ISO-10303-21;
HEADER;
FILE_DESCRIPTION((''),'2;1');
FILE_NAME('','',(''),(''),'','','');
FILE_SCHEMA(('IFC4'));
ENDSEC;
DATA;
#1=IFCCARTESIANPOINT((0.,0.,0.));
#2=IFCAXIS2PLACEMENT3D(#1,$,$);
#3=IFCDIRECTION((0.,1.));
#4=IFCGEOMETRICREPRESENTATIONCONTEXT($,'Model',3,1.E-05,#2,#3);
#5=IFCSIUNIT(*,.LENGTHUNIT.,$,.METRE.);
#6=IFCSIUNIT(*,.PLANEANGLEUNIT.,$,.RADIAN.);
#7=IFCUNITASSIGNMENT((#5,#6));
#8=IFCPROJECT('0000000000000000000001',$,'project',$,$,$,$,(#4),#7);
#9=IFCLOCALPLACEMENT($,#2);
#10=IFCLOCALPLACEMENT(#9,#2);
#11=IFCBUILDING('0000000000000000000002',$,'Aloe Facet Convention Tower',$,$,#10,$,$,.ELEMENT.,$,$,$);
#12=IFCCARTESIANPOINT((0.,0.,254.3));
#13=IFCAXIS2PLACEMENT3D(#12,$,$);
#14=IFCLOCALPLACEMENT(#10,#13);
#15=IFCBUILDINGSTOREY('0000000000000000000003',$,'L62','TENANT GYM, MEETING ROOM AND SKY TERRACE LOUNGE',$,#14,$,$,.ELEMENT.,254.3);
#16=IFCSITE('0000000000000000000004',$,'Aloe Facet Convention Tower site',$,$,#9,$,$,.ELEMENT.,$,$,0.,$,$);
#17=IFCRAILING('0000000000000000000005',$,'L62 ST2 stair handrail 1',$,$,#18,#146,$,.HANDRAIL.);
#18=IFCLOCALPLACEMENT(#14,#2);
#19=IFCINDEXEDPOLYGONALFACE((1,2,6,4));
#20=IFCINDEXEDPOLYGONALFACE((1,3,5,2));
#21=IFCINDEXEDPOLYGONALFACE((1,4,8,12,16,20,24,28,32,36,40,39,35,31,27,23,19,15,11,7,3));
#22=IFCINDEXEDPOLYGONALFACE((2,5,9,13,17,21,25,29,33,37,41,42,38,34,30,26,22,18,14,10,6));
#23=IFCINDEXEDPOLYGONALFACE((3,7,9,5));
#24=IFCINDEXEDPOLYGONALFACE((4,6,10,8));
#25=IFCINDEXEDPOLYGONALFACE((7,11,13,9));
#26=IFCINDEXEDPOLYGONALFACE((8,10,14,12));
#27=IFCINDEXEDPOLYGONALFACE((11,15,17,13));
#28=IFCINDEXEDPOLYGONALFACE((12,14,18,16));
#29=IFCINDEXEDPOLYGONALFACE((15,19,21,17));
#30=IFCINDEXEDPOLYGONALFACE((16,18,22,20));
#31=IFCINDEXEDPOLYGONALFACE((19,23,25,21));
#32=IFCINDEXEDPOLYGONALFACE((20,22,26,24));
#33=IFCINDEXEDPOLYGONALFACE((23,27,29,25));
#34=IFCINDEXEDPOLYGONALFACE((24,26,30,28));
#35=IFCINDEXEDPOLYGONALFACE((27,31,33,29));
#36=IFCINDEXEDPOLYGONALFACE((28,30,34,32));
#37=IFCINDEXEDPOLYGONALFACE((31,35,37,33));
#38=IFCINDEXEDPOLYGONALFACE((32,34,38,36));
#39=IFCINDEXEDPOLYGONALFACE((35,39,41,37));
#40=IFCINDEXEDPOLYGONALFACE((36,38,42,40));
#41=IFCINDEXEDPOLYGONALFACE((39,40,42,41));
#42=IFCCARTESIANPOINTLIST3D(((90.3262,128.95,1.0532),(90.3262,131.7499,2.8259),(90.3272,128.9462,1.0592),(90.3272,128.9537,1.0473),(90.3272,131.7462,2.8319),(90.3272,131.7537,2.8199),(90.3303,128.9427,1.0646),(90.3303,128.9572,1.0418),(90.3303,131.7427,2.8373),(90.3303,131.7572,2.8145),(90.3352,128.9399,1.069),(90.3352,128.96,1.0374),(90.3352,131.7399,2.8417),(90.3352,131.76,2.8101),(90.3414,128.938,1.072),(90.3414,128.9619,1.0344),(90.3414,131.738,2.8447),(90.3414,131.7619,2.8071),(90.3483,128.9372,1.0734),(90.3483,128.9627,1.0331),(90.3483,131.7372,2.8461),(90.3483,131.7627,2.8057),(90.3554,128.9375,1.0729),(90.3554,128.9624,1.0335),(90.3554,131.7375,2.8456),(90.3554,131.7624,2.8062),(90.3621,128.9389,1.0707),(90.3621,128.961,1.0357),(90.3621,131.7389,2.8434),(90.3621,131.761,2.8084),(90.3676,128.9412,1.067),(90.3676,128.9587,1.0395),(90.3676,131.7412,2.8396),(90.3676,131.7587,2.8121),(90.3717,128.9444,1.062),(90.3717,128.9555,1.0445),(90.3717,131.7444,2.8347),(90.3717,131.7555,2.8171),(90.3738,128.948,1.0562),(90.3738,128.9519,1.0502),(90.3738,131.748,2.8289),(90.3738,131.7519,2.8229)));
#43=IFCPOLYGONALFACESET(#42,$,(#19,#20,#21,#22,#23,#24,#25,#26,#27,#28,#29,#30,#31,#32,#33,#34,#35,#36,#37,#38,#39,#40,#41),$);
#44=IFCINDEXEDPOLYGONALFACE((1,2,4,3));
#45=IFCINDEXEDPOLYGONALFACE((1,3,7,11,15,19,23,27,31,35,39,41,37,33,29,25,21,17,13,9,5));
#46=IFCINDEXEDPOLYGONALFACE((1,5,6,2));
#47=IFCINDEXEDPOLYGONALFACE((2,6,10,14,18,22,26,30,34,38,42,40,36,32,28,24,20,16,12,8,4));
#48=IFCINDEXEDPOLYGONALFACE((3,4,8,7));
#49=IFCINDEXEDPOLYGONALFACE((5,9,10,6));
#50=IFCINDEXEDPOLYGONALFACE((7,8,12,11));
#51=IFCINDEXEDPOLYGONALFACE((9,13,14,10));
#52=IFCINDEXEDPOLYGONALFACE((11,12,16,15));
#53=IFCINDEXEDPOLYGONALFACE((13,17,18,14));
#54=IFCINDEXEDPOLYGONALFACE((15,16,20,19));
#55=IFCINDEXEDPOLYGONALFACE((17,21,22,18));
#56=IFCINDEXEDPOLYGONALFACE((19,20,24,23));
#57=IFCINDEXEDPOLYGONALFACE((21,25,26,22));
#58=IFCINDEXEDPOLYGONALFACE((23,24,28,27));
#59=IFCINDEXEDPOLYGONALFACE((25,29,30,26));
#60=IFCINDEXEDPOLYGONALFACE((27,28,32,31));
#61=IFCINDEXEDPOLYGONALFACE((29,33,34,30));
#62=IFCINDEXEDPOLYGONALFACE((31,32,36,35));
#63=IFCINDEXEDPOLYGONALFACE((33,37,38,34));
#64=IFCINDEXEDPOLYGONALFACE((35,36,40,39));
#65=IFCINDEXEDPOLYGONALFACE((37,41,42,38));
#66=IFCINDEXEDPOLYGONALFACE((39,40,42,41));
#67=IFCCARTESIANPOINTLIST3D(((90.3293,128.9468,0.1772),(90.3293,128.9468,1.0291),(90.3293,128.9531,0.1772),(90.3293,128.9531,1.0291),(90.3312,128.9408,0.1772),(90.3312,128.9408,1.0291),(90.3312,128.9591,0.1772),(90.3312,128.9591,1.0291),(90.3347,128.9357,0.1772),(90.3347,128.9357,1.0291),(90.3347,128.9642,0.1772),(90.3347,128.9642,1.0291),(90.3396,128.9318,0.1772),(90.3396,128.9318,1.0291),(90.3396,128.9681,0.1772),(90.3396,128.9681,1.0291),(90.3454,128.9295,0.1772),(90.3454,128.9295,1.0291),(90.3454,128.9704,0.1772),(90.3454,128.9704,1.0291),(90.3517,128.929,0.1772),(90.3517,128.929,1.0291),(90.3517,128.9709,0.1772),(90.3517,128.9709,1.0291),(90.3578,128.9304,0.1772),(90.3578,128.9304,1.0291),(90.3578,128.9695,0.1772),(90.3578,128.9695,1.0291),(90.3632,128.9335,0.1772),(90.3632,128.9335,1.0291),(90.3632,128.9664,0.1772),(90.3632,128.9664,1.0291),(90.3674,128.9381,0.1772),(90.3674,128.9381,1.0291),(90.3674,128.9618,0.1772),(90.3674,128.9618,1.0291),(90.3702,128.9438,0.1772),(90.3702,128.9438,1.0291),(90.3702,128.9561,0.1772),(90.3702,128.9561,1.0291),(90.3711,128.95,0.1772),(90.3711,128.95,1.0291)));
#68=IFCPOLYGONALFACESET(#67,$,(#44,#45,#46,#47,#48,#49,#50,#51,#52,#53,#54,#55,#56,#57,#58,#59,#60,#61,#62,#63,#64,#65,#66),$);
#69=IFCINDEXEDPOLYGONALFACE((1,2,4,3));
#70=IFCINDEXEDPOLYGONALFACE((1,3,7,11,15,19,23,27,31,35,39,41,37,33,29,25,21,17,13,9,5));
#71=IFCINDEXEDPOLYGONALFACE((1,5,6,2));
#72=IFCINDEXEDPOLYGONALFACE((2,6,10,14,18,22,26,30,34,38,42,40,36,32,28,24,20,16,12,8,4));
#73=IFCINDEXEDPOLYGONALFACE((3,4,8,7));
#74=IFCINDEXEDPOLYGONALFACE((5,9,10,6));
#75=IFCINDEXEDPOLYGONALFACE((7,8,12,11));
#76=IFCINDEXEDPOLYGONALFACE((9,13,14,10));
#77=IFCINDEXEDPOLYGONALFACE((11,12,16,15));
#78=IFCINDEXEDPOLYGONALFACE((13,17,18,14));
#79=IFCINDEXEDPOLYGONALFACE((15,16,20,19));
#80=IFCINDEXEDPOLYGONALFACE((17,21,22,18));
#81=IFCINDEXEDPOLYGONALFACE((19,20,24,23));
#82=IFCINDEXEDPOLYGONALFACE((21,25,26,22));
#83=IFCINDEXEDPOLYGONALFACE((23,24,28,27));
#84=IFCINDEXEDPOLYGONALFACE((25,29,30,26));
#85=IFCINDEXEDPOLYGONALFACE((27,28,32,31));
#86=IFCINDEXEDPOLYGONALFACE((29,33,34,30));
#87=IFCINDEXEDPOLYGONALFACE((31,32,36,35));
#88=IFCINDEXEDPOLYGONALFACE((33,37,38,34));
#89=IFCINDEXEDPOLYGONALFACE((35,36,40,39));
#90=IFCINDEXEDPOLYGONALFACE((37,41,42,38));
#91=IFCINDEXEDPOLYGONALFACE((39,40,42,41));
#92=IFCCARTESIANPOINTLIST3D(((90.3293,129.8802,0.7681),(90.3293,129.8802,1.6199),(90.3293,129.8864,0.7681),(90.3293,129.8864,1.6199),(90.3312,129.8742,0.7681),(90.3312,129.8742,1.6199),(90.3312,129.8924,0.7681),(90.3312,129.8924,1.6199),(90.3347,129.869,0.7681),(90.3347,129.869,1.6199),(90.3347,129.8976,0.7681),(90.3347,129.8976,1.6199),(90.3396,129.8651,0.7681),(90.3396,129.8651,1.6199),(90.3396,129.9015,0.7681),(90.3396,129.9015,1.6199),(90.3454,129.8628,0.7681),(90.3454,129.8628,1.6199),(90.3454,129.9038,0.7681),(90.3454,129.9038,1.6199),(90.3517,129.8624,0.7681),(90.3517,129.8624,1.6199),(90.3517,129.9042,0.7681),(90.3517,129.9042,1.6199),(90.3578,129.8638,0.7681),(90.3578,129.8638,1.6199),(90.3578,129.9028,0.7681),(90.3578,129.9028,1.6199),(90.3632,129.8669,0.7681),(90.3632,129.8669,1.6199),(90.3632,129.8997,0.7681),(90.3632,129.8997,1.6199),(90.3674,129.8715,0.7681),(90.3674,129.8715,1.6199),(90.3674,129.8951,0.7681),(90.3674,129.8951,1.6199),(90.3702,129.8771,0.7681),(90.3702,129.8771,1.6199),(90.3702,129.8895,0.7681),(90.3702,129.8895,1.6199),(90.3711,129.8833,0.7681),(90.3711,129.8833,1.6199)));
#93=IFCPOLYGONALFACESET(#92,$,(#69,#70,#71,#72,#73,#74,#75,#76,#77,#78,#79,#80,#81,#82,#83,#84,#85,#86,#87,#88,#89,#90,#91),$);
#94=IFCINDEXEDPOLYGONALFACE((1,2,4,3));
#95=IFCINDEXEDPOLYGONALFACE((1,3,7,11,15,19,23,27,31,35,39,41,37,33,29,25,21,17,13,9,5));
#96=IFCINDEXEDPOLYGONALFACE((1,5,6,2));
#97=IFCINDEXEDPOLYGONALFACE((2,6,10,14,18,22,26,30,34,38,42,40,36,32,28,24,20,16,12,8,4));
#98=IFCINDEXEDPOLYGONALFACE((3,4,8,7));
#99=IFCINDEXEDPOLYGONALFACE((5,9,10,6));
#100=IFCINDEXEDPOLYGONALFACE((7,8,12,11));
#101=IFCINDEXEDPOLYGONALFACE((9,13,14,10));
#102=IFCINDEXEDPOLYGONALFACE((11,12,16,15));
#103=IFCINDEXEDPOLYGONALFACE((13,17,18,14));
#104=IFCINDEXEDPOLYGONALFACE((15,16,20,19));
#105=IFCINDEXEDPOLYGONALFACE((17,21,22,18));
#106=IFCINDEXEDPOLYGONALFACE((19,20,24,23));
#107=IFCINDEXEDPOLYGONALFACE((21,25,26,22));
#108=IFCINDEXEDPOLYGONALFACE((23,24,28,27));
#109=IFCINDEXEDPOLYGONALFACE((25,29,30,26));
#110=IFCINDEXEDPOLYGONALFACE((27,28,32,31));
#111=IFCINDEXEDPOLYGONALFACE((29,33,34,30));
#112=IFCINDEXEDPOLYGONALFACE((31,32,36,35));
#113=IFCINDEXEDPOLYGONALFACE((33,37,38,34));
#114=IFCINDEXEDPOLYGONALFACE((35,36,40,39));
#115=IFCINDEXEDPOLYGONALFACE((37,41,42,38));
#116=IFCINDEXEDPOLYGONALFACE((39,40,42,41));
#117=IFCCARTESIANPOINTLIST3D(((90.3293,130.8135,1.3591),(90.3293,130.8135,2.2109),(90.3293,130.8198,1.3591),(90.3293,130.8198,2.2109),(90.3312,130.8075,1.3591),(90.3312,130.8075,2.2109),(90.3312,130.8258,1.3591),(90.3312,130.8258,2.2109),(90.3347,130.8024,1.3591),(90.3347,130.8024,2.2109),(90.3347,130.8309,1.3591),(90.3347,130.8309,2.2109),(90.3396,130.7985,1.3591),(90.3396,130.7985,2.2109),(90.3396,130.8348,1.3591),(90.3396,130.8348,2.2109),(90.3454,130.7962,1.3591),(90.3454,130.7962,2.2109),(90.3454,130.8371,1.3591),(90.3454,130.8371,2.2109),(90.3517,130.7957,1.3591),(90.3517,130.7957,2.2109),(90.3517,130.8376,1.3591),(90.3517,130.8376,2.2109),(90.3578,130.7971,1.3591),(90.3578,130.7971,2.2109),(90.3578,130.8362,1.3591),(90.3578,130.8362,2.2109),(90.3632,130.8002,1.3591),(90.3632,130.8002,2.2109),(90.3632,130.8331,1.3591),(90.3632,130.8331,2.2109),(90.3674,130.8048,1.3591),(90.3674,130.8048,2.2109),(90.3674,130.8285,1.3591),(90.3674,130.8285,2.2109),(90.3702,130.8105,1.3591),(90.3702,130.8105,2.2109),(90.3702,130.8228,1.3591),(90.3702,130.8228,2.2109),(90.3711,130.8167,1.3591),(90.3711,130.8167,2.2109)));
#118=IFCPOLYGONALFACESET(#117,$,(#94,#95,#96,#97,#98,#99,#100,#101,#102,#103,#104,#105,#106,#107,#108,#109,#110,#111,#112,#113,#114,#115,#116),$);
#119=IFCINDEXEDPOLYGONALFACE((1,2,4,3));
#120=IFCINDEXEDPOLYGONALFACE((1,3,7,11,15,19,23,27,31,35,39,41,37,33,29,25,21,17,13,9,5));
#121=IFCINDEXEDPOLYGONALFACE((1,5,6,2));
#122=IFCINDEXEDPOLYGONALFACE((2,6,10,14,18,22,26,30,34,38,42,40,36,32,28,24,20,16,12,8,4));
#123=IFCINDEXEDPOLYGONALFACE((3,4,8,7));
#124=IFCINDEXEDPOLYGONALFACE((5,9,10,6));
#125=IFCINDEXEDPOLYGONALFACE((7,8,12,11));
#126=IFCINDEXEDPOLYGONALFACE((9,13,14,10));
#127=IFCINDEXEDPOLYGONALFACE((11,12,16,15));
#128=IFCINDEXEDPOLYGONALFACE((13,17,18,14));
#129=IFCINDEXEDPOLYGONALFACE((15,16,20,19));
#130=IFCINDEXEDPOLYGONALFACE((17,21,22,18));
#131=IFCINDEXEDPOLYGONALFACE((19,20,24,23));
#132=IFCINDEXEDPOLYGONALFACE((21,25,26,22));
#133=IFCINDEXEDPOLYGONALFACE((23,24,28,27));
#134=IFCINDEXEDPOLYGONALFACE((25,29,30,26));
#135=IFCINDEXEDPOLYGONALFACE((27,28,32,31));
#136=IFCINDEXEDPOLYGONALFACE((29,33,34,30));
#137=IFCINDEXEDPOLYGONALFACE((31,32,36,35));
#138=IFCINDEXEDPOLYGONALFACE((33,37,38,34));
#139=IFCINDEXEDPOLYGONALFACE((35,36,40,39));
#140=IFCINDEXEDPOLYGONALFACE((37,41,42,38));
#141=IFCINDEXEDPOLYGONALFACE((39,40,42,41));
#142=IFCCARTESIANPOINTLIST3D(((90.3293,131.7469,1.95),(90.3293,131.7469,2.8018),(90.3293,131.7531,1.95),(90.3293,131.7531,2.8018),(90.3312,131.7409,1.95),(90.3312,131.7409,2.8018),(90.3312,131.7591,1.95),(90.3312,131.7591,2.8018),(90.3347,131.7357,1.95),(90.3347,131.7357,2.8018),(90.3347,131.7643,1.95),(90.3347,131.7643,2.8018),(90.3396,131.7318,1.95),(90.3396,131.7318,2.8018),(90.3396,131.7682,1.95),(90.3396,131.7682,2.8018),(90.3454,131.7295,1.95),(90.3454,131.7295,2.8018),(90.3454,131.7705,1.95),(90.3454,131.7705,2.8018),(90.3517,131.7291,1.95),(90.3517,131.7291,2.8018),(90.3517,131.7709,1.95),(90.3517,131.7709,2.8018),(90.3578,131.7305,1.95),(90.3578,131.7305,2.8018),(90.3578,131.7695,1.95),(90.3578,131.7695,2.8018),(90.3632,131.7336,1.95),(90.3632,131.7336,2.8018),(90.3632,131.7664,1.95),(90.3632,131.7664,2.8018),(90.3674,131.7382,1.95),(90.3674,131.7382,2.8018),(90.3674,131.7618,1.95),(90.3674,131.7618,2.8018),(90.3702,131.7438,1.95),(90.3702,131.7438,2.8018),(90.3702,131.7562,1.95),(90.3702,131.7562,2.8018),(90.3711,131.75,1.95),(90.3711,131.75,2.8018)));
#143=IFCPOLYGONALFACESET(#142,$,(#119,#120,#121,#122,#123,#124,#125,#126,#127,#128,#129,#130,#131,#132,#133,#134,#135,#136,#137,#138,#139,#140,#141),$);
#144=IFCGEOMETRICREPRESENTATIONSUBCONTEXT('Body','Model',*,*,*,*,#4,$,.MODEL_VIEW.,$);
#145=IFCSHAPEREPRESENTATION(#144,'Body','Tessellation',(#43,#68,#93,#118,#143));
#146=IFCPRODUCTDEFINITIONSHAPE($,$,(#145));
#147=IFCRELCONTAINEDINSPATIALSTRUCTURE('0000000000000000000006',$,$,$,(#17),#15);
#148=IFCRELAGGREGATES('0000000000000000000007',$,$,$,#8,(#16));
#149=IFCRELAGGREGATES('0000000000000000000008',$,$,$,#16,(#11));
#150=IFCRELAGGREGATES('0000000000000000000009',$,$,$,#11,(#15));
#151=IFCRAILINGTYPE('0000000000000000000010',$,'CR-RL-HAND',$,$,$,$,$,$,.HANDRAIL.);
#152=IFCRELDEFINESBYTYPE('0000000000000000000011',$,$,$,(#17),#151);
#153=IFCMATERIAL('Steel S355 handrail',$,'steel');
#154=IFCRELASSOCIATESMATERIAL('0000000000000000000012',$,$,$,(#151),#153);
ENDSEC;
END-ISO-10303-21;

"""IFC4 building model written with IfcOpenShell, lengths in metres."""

from ifc_helpers import new_model, si_unit, direction, frame, origin, origin_2d, place, context, subcontext, project, spatial, circle, extrude, material, type_object, element, save


model = new_model("IFC4")

# Units and contexts
model_context = context("Model", 3, precision=1e-05, world=origin(), true_north=direction((0.0, 1.0)))
body_context = subcontext(model_context, "Body", "Model", "MODEL_VIEW")
ifc_project = project(units=[si_unit("LENGTHUNIT", "METRE"), si_unit("PLANEANGLEUNIT", "RADIAN")], contexts=[model_context])

# Site, building, storey
site_placement = place(None, origin())
site = spatial("IfcSite", under=ifc_project, at=site_placement, Name="Aloe Facet Convention Tower site", CompositionType="ELEMENT", RefElevation=0.0)
building_placement = place(site_placement, origin())
building = spatial("IfcBuilding", under=site, at=building_placement, Name="Aloe Facet Convention Tower", CompositionType="ELEMENT")
storey_placement = place(building_placement, frame((0.0, 0.0, 254.3)))
storey = spatial("IfcBuildingStorey", under=building, at=storey_placement, Name="L62", Description="TENANT GYM, MEETING ROOM AND SKY TERRACE LOUNGE", CompositionType="ELEMENT", Elevation=254.3)

# Railing
ifc_material_1 = material(Name="Steel S355 handrail", Category="steel")
railing_type_1 = type_object("IfcRailingType", Name="CR-RL-HAND", PredefinedType="HANDRAIL", material=ifc_material_1)
railing_1_placement = place(storey_placement, frame((90.3501, 128.95, 0.1772)))
element("IfcRailing", 1, at=railing_1_placement, inside=storey, type_object=railing_type_1, Name="L62 ST2 stair handrail 1", PredefinedType="HANDRAIL", context=body_context, shape_type="SweptSolid", body=[
    extrude(circle(Radius=0.0239, at=origin_2d()), frame((0.0, 0.0, 0.876), z_axis=(0.0, 0.844909, 0.53491), x_axis=(-1.0, 0.0, 0.0)), (0.0, 0.0, 1.0), 3.314),
    extrude(circle(Radius=0.021, at=origin_2d()), origin(), (0.0, 0.0, 1.0), 0.8518),
    extrude(circle(Radius=0.021, at=origin_2d()), frame((0.0, 0.9333, 0.5908)), (0.0, 0.0, 1.0), 0.8518),
    extrude(circle(Radius=0.021, at=origin_2d()), frame((0.0, 1.8667, 1.1819)), (0.0, 0.0, 1.0), 0.8518),
    extrude(circle(Radius=0.021, at=origin_2d()), frame((0.0, 2.8, 1.7727)), (0.0, 0.0, 1.0), 0.8518),
])

save(model, "model.ifc")
